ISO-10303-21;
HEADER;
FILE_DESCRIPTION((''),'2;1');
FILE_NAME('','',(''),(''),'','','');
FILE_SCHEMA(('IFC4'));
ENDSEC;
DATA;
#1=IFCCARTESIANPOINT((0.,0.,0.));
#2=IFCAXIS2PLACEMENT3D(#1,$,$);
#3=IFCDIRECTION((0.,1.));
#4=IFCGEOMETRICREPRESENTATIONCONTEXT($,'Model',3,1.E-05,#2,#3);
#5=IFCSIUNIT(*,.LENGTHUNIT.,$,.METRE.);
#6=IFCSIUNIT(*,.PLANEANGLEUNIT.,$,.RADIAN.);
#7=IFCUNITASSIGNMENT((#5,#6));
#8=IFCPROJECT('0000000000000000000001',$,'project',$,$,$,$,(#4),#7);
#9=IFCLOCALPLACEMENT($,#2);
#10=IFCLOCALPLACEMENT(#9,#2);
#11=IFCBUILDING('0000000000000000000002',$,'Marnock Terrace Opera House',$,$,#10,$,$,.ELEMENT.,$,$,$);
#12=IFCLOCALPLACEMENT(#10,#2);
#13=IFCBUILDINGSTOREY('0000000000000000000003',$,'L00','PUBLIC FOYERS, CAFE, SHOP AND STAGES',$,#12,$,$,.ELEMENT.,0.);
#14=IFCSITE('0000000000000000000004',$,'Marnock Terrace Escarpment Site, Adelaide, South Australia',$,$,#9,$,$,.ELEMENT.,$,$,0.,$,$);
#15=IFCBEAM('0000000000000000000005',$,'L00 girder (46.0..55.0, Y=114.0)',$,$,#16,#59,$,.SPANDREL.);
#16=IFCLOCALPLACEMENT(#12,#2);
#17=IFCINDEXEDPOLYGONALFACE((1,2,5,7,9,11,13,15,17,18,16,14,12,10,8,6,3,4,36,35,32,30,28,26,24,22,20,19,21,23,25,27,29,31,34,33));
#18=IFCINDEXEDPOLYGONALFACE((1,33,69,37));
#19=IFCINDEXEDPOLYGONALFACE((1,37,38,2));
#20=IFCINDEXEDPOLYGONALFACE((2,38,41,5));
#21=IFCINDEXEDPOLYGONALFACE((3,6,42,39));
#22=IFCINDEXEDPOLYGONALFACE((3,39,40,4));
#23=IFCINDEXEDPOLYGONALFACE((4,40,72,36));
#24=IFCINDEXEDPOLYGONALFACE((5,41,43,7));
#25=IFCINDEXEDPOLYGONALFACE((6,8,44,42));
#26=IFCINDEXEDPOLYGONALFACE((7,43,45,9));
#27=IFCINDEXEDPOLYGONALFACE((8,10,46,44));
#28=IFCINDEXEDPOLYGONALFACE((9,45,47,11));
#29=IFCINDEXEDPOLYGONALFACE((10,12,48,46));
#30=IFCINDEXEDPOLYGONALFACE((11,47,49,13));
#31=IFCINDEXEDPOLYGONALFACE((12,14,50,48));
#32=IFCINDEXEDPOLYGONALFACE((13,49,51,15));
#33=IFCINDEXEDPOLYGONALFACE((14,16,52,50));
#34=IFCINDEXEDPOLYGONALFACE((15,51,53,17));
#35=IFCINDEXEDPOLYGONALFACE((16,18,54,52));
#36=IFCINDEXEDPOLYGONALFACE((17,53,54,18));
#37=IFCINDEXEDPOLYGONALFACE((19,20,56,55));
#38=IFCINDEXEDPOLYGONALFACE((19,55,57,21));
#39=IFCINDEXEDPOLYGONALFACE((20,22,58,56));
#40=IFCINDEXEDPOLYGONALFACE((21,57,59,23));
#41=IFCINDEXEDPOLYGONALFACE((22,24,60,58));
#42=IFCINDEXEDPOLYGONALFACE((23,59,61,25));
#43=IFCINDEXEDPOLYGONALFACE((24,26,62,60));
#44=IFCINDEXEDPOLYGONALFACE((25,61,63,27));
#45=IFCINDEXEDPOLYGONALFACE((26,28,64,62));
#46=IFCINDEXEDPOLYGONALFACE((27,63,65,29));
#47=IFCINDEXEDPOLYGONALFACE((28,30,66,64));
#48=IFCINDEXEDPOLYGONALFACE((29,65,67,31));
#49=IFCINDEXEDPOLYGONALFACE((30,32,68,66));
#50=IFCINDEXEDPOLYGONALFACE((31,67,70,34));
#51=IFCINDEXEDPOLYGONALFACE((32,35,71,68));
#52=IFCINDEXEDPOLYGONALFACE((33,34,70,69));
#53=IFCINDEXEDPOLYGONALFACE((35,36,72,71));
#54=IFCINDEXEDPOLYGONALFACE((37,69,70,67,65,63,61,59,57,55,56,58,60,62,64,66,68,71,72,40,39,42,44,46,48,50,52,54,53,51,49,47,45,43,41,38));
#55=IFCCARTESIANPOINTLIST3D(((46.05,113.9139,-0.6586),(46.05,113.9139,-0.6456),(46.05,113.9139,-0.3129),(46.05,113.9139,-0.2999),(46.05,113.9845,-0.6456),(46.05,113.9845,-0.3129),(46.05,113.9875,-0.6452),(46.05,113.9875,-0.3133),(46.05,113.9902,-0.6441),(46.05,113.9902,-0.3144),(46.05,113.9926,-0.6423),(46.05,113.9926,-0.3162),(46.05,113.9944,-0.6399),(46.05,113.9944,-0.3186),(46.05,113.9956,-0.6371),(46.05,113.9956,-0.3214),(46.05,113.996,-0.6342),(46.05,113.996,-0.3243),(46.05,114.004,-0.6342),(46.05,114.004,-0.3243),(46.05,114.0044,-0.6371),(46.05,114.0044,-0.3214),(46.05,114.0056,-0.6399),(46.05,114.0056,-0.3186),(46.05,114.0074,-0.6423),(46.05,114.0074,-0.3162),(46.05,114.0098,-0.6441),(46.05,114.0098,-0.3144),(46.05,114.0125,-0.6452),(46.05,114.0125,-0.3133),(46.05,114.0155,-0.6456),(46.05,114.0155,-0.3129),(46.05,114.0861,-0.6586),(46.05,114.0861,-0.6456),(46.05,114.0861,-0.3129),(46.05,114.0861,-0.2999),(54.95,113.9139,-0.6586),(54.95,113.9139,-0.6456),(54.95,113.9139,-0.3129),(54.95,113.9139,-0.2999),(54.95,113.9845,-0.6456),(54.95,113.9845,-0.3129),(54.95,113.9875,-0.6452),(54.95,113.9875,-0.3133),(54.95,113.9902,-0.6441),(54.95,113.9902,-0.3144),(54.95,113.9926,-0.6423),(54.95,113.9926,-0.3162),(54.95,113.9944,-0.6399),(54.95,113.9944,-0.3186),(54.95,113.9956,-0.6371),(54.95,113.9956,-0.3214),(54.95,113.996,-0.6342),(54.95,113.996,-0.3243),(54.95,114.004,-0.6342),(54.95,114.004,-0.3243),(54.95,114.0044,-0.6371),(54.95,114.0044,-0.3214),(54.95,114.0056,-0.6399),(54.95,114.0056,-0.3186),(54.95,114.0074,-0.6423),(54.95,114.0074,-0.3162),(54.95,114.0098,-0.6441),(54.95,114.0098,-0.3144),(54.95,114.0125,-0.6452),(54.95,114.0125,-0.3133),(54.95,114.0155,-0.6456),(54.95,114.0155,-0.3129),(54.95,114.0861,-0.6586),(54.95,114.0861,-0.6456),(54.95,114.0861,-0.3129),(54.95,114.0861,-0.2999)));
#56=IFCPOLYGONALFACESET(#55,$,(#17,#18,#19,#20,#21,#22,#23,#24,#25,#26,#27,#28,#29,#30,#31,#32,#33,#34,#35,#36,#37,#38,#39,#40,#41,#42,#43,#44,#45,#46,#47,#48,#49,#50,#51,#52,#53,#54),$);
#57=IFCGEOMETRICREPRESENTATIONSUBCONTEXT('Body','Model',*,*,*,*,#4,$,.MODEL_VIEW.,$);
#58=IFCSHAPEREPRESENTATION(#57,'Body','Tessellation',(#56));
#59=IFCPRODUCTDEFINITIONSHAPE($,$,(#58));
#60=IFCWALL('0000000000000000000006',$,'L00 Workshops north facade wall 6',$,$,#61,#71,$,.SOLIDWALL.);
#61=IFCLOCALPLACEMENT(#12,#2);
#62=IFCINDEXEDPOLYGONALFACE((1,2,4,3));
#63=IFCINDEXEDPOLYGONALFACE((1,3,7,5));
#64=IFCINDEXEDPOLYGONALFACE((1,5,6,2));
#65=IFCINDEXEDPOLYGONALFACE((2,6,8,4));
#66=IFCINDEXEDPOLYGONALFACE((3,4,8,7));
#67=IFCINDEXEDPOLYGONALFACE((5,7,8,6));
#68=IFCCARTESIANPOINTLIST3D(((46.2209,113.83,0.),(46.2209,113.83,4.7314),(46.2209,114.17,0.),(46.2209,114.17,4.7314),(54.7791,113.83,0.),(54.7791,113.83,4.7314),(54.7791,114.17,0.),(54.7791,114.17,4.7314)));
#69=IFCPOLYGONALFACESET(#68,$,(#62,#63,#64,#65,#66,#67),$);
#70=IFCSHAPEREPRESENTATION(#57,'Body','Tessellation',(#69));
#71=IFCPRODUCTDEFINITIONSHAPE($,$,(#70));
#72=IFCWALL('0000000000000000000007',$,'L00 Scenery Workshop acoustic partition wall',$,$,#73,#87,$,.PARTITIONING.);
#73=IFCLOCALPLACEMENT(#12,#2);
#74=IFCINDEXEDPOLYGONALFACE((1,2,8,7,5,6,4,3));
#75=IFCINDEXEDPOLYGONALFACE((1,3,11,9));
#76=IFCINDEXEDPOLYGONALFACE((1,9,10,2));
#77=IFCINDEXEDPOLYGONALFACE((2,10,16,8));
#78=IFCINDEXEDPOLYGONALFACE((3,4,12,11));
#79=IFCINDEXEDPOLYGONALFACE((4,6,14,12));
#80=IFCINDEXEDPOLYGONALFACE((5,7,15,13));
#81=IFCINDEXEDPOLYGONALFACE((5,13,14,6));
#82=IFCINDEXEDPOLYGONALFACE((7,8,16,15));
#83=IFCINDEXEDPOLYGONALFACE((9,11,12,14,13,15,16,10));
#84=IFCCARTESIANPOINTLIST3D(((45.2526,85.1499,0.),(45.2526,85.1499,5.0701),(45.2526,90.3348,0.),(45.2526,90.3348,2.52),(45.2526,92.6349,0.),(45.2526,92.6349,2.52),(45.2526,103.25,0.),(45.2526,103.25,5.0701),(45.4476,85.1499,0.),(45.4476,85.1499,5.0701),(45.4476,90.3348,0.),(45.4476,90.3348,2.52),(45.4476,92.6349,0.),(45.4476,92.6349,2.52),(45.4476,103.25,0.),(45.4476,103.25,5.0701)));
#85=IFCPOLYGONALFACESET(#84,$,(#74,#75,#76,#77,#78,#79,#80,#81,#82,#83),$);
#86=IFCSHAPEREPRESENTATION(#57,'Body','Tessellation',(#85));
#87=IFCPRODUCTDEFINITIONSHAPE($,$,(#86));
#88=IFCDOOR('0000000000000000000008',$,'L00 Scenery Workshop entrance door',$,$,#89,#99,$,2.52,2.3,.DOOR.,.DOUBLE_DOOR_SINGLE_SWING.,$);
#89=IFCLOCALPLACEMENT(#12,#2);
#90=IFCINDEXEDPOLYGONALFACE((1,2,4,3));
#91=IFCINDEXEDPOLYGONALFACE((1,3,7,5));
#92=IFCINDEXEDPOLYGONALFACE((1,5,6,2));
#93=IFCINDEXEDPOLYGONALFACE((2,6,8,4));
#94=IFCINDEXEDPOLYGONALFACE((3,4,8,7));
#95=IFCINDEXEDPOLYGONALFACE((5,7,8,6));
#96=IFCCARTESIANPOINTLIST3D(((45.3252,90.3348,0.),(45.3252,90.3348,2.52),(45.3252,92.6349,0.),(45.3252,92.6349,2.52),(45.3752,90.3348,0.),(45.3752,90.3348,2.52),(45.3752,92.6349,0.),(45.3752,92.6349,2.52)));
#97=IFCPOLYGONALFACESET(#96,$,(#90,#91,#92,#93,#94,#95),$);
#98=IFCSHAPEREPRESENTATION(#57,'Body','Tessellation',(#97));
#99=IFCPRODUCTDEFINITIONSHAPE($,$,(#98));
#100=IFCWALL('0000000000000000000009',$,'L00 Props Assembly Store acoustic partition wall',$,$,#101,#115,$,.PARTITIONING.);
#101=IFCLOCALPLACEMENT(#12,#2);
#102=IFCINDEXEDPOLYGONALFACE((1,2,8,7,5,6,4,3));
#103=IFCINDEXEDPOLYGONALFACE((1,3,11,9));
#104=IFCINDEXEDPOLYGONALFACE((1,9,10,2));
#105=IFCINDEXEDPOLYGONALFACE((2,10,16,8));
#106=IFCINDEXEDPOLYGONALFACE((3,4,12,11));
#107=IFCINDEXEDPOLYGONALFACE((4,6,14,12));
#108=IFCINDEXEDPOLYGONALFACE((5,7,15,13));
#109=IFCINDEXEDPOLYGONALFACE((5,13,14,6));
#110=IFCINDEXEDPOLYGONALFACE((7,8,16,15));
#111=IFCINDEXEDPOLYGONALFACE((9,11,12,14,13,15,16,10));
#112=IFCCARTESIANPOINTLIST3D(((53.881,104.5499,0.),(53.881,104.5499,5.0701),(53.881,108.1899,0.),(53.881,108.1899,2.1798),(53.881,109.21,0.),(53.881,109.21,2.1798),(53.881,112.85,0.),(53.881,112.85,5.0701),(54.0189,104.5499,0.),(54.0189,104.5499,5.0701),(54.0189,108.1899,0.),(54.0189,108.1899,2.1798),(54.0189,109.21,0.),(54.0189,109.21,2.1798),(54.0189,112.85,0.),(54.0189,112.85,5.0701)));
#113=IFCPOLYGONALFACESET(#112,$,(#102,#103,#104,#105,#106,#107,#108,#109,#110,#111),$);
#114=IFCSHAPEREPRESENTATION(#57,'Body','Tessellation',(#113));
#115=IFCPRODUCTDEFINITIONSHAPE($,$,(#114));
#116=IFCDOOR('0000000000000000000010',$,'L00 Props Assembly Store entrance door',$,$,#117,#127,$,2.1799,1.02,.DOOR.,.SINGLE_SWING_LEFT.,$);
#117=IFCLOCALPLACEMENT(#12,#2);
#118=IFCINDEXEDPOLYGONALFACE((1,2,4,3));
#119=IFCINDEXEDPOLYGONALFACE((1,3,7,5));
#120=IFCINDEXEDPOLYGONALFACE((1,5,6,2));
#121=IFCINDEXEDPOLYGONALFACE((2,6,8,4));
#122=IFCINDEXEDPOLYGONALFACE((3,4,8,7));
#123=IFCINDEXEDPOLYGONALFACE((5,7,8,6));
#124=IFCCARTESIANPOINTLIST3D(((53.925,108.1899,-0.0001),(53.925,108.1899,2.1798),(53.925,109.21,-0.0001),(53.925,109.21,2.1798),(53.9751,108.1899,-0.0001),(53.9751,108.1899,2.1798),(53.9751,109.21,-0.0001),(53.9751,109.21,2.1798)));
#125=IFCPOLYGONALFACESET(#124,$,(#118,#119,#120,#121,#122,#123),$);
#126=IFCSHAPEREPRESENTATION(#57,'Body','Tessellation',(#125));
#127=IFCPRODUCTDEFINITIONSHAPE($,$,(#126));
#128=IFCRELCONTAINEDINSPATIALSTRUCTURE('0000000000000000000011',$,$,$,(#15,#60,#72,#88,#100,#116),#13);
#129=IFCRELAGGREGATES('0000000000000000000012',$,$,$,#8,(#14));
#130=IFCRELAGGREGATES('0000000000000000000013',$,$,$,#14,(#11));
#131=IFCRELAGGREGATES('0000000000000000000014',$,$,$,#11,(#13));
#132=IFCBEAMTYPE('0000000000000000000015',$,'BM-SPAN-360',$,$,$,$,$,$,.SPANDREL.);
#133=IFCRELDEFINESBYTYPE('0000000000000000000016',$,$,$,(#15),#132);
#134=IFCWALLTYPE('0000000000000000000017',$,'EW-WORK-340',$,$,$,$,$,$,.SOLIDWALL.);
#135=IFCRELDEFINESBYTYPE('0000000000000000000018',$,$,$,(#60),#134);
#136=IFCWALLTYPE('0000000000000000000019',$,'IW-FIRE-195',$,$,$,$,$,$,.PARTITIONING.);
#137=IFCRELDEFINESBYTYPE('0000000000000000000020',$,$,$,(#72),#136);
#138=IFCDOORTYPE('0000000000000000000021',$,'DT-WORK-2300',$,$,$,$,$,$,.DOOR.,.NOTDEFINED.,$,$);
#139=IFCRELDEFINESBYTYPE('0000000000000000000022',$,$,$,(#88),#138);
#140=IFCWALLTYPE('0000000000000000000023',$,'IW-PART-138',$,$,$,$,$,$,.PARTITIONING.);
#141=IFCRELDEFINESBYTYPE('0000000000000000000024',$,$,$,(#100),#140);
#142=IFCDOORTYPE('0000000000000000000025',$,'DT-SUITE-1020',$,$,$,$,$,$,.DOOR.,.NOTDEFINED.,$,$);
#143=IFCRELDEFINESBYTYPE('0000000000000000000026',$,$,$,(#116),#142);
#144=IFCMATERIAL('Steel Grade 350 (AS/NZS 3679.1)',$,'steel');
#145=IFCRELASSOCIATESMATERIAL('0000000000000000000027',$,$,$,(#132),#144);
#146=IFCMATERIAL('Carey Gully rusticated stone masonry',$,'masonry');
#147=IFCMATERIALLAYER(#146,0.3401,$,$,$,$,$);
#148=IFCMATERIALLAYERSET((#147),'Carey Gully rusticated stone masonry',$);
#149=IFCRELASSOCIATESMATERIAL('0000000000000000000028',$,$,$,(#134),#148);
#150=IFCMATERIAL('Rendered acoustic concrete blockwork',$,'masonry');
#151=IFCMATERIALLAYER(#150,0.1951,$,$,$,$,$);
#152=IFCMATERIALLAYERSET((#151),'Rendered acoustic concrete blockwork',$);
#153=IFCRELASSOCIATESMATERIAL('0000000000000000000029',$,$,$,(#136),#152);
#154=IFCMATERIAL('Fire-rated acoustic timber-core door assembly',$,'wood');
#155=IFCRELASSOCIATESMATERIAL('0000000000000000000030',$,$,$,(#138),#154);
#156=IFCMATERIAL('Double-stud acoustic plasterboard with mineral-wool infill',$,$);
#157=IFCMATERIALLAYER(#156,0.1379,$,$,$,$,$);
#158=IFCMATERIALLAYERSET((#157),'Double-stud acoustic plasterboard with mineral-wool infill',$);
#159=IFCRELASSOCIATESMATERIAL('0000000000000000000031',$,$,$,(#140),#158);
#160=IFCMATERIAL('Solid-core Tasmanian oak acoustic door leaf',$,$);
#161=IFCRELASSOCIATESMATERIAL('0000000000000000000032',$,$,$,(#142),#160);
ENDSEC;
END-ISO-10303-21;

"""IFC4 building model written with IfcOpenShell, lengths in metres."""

from ifc_helpers import new_model, si_unit, direction, frame, frame_2d, origin, origin_2d, place, context, subcontext, project, spatial, rectangle, i_section, extrude, material, layer, layer_set, material_profile, profile_set, type_object, element, fill, save


model = new_model("IFC4")

# Units and contexts
model_context = context("Model", 3, precision=1e-05, world=origin(), true_north=direction((0.0, 1.0)))
body_context = subcontext(model_context, "Body", "Model", "MODEL_VIEW")
ifc_project = project(units=[si_unit("LENGTHUNIT", "METRE"), si_unit("PLANEANGLEUNIT", "RADIAN")], contexts=[model_context])

# Site, building, storey
site_placement = place(None, origin())
site = spatial("IfcSite", under=ifc_project, at=site_placement, Name="Marnock Terrace Escarpment Site, Adelaide, South Australia", CompositionType="ELEMENT", RefElevation=0.0)
building_placement = place(site_placement, origin())
building = spatial("IfcBuilding", under=site, at=building_placement, Name="Marnock Terrace Opera House", CompositionType="ELEMENT")
storey_placement = place(building_placement, origin())
storey = spatial("IfcBuildingStorey", under=building, at=storey_placement, Name="L00", Description="PUBLIC FOYERS, CAFE, SHOP AND STAGES", CompositionType="ELEMENT", Elevation=0.0)

# Shared definitions
ifc_material_1 = material(Name="Steel Grade 350 (AS/NZS 3679.1)", Category="steel")

# Beam
ifc_material_profile_1 = material_profile(ifc_material_1, i_section(OverallWidth=0.1721, OverallDepth=0.3586, WebThickness=0.0081, FlangeThickness=0.0129, FilletRadius=0.0115, at=origin_2d()))
ifc_profile_set_1 = profile_set([ifc_material_profile_1], Name="Steel Grade 350 (AS/NZS 3679.1)")
beam_type_1 = type_object("IfcBeamType", Name="BM-SPAN-360", PredefinedType="SPANDREL", material=ifc_profile_set_1)
beam_1_placement = place(storey_placement, frame((46.05, 114.0, -0.4792), z_axis=(1.0, 0.0, 0.0), x_axis=(0.0, 1.0, 0.0)))
element("IfcBeam", 1, at=beam_1_placement, inside=storey, type_object=beam_type_1, Name="L00 girder (46.0..55.0, Y=114.0)", PredefinedType="SPANDREL", context=body_context, shape_type="SweptSolid", body=[
    extrude(i_section(OverallWidth=0.1721, OverallDepth=0.3586, WebThickness=0.0081, FlangeThickness=0.0129, FilletRadius=0.0115, at=origin_2d()), origin(), (0.0, 0.0, 1.0), 8.8999),
])

# Wall
ifc_material_2 = material(Name="Carey Gully rusticated stone masonry", Category="masonry")
ifc_layer_1 = layer(ifc_material_2, 0.3401)
ifc_layer_set_1 = layer_set([ifc_layer_1], Name="Carey Gully rusticated stone masonry")
wall_type_1 = type_object("IfcWallType", Name="EW-WORK-340", PredefinedType="SOLIDWALL", material=ifc_layer_set_1)
wall_1_placement = place(storey_placement, frame((46.2209, 114.0, 0.0), z_axis=(0.0, 0.0, 1.0), x_axis=(1.0, 0.0, 0.0)))
element("IfcWall", 2, at=wall_1_placement, inside=storey, type_object=wall_type_1, Name="L00 Workshops north facade wall 6", PredefinedType="SOLIDWALL", context=body_context, shape_type="SweptSolid", body=[
    extrude(rectangle(XDim=8.5581, YDim=0.3401, at=frame_2d((4.2791, 0.0))), origin(), (0.0, 0.0, 1.0), 4.7314),
])

# Walls, openings, doors
ifc_material_3 = material(Name="Rendered acoustic concrete blockwork", Category="masonry")
ifc_layer_2 = layer(ifc_material_3, 0.1951)
ifc_layer_set_2 = layer_set([ifc_layer_2], Name="Rendered acoustic concrete blockwork")
wall_type_2 = type_object("IfcWallType", Name="IW-FIRE-195", PredefinedType="PARTITIONING", material=ifc_layer_set_2)
wall_2_placement = place(storey_placement, frame((45.3501, 85.1499, 0.0), z_axis=(0.0, 0.0, 1.0), x_axis=(0.0, 1.0, 0.0)))
wall_2 = element("IfcWall", 3, at=wall_2_placement, inside=storey, type_object=wall_type_2, Name="L00 Scenery Workshop acoustic partition wall", PredefinedType="PARTITIONING", context=body_context, shape_type="SweptSolid", body=[
    extrude(rectangle(XDim=18.1001, YDim=0.1951, at=frame_2d((9.05, 0.0))), origin(), (0.0, 0.0, 1.0), 5.0701),
])
opening_1_placement = place(wall_2_placement, frame((5.1851, 0.0, 0.0)))
opening_1 = element("IfcOpeningElement", 4, at=opening_1_placement, cuts=wall_2, PredefinedType="OPENING", context=body_context, shape_type="SweptSolid", body=[
    extrude(rectangle(XDim=2.3, YDim=2.52, at=frame_2d((1.1499, 1.26))), frame((0.0, 0.1074, 0.0), z_axis=(0.0, -1.0, 0.0), x_axis=(1.0, 0.0, 0.0)), (0.0, 0.0, 1.0), 0.2151),
])
ifc_material_4 = material(Name="Fire-rated acoustic timber-core door assembly", Category="wood")
door_type_1 = type_object("IfcDoorType", Name="DT-WORK-2300", OperationType="NOTDEFINED", PredefinedType="DOOR", material=ifc_material_4)
door_1_placement = place(opening_1_placement, origin())
door_1 = element("IfcDoor", 5, at=door_1_placement, inside=storey, type_object=door_type_1, Name="L00 Scenery Workshop entrance door", OperationType="DOUBLE_DOOR_SINGLE_SWING", OverallHeight=2.52, OverallWidth=2.3, PredefinedType="DOOR", context=body_context, shape_type="SweptSolid", body=[
    extrude(rectangle(XDim=2.3, YDim=2.52, at=frame_2d((1.1499, 1.26))), frame((0.0, 0.0249, 0.0), z_axis=(0.0, -1.0, 0.0), x_axis=(1.0, 0.0, 0.0)), (0.0, 0.0, 1.0), 0.05),
])
fill(opening_1, door_1)
ifc_material_5 = material(Name="Double-stud acoustic plasterboard with mineral-wool infill")
ifc_layer_3 = layer(ifc_material_5, 0.1379)
ifc_layer_set_3 = layer_set([ifc_layer_3], Name="Double-stud acoustic plasterboard with mineral-wool infill")
wall_type_3 = type_object("IfcWallType", Name="IW-PART-138", PredefinedType="PARTITIONING", material=ifc_layer_set_3)
wall_3_placement = place(storey_placement, frame((53.95, 104.55, 0.0), z_axis=(0.0, 0.0, 1.0), x_axis=(0.0, 1.0, 0.0)))
wall_3 = element("IfcWall", 6, at=wall_3_placement, inside=storey, type_object=wall_type_3, Name="L00 Props Assembly Store acoustic partition wall", PredefinedType="PARTITIONING", context=body_context, shape_type="SweptSolid", body=[
    extrude(rectangle(XDim=8.3, YDim=0.1379, at=frame_2d((4.1499, 0.0))), origin(), (0.0, 0.0, 1.0), 5.0701),
])
opening_2_placement = place(wall_3_placement, frame((3.6399, 0.0, 0.0)))
opening_2 = element("IfcOpeningElement", 7, at=opening_2_placement, cuts=wall_3, PredefinedType="OPENING", context=body_context, shape_type="SweptSolid", body=[
    extrude(rectangle(XDim=1.02, YDim=2.1799, at=frame_2d((0.51, 1.0898))), frame((0.0, 0.0789, 0.0), z_axis=(0.0, -1.0, 0.0), x_axis=(1.0, 0.0, 0.0)), (0.0, 0.0, 1.0), 0.158),
])
ifc_material_6 = material(Name="Solid-core Tasmanian oak acoustic door leaf")
door_type_2 = type_object("IfcDoorType", Name="DT-SUITE-1020", OperationType="NOTDEFINED", PredefinedType="DOOR", material=ifc_material_6)
door_2_placement = place(opening_2_placement, origin())
door_2 = element("IfcDoor", 8, at=door_2_placement, inside=storey, type_object=door_type_2, Name="L00 Props Assembly Store entrance door", OperationType="SINGLE_SWING_LEFT", OverallHeight=2.1799, OverallWidth=1.02, PredefinedType="DOOR", context=body_context, shape_type="SweptSolid", body=[
    extrude(rectangle(XDim=1.02, YDim=2.1799, at=frame_2d((0.51, 1.0898))), frame((0.0, 0.0249, 0.0), z_axis=(0.0, -1.0, 0.0), x_axis=(1.0, 0.0, 0.0)), (0.0, 0.0, 1.0), 0.05),
])
fill(opening_2, door_2)

save(model, "model.ifc")
